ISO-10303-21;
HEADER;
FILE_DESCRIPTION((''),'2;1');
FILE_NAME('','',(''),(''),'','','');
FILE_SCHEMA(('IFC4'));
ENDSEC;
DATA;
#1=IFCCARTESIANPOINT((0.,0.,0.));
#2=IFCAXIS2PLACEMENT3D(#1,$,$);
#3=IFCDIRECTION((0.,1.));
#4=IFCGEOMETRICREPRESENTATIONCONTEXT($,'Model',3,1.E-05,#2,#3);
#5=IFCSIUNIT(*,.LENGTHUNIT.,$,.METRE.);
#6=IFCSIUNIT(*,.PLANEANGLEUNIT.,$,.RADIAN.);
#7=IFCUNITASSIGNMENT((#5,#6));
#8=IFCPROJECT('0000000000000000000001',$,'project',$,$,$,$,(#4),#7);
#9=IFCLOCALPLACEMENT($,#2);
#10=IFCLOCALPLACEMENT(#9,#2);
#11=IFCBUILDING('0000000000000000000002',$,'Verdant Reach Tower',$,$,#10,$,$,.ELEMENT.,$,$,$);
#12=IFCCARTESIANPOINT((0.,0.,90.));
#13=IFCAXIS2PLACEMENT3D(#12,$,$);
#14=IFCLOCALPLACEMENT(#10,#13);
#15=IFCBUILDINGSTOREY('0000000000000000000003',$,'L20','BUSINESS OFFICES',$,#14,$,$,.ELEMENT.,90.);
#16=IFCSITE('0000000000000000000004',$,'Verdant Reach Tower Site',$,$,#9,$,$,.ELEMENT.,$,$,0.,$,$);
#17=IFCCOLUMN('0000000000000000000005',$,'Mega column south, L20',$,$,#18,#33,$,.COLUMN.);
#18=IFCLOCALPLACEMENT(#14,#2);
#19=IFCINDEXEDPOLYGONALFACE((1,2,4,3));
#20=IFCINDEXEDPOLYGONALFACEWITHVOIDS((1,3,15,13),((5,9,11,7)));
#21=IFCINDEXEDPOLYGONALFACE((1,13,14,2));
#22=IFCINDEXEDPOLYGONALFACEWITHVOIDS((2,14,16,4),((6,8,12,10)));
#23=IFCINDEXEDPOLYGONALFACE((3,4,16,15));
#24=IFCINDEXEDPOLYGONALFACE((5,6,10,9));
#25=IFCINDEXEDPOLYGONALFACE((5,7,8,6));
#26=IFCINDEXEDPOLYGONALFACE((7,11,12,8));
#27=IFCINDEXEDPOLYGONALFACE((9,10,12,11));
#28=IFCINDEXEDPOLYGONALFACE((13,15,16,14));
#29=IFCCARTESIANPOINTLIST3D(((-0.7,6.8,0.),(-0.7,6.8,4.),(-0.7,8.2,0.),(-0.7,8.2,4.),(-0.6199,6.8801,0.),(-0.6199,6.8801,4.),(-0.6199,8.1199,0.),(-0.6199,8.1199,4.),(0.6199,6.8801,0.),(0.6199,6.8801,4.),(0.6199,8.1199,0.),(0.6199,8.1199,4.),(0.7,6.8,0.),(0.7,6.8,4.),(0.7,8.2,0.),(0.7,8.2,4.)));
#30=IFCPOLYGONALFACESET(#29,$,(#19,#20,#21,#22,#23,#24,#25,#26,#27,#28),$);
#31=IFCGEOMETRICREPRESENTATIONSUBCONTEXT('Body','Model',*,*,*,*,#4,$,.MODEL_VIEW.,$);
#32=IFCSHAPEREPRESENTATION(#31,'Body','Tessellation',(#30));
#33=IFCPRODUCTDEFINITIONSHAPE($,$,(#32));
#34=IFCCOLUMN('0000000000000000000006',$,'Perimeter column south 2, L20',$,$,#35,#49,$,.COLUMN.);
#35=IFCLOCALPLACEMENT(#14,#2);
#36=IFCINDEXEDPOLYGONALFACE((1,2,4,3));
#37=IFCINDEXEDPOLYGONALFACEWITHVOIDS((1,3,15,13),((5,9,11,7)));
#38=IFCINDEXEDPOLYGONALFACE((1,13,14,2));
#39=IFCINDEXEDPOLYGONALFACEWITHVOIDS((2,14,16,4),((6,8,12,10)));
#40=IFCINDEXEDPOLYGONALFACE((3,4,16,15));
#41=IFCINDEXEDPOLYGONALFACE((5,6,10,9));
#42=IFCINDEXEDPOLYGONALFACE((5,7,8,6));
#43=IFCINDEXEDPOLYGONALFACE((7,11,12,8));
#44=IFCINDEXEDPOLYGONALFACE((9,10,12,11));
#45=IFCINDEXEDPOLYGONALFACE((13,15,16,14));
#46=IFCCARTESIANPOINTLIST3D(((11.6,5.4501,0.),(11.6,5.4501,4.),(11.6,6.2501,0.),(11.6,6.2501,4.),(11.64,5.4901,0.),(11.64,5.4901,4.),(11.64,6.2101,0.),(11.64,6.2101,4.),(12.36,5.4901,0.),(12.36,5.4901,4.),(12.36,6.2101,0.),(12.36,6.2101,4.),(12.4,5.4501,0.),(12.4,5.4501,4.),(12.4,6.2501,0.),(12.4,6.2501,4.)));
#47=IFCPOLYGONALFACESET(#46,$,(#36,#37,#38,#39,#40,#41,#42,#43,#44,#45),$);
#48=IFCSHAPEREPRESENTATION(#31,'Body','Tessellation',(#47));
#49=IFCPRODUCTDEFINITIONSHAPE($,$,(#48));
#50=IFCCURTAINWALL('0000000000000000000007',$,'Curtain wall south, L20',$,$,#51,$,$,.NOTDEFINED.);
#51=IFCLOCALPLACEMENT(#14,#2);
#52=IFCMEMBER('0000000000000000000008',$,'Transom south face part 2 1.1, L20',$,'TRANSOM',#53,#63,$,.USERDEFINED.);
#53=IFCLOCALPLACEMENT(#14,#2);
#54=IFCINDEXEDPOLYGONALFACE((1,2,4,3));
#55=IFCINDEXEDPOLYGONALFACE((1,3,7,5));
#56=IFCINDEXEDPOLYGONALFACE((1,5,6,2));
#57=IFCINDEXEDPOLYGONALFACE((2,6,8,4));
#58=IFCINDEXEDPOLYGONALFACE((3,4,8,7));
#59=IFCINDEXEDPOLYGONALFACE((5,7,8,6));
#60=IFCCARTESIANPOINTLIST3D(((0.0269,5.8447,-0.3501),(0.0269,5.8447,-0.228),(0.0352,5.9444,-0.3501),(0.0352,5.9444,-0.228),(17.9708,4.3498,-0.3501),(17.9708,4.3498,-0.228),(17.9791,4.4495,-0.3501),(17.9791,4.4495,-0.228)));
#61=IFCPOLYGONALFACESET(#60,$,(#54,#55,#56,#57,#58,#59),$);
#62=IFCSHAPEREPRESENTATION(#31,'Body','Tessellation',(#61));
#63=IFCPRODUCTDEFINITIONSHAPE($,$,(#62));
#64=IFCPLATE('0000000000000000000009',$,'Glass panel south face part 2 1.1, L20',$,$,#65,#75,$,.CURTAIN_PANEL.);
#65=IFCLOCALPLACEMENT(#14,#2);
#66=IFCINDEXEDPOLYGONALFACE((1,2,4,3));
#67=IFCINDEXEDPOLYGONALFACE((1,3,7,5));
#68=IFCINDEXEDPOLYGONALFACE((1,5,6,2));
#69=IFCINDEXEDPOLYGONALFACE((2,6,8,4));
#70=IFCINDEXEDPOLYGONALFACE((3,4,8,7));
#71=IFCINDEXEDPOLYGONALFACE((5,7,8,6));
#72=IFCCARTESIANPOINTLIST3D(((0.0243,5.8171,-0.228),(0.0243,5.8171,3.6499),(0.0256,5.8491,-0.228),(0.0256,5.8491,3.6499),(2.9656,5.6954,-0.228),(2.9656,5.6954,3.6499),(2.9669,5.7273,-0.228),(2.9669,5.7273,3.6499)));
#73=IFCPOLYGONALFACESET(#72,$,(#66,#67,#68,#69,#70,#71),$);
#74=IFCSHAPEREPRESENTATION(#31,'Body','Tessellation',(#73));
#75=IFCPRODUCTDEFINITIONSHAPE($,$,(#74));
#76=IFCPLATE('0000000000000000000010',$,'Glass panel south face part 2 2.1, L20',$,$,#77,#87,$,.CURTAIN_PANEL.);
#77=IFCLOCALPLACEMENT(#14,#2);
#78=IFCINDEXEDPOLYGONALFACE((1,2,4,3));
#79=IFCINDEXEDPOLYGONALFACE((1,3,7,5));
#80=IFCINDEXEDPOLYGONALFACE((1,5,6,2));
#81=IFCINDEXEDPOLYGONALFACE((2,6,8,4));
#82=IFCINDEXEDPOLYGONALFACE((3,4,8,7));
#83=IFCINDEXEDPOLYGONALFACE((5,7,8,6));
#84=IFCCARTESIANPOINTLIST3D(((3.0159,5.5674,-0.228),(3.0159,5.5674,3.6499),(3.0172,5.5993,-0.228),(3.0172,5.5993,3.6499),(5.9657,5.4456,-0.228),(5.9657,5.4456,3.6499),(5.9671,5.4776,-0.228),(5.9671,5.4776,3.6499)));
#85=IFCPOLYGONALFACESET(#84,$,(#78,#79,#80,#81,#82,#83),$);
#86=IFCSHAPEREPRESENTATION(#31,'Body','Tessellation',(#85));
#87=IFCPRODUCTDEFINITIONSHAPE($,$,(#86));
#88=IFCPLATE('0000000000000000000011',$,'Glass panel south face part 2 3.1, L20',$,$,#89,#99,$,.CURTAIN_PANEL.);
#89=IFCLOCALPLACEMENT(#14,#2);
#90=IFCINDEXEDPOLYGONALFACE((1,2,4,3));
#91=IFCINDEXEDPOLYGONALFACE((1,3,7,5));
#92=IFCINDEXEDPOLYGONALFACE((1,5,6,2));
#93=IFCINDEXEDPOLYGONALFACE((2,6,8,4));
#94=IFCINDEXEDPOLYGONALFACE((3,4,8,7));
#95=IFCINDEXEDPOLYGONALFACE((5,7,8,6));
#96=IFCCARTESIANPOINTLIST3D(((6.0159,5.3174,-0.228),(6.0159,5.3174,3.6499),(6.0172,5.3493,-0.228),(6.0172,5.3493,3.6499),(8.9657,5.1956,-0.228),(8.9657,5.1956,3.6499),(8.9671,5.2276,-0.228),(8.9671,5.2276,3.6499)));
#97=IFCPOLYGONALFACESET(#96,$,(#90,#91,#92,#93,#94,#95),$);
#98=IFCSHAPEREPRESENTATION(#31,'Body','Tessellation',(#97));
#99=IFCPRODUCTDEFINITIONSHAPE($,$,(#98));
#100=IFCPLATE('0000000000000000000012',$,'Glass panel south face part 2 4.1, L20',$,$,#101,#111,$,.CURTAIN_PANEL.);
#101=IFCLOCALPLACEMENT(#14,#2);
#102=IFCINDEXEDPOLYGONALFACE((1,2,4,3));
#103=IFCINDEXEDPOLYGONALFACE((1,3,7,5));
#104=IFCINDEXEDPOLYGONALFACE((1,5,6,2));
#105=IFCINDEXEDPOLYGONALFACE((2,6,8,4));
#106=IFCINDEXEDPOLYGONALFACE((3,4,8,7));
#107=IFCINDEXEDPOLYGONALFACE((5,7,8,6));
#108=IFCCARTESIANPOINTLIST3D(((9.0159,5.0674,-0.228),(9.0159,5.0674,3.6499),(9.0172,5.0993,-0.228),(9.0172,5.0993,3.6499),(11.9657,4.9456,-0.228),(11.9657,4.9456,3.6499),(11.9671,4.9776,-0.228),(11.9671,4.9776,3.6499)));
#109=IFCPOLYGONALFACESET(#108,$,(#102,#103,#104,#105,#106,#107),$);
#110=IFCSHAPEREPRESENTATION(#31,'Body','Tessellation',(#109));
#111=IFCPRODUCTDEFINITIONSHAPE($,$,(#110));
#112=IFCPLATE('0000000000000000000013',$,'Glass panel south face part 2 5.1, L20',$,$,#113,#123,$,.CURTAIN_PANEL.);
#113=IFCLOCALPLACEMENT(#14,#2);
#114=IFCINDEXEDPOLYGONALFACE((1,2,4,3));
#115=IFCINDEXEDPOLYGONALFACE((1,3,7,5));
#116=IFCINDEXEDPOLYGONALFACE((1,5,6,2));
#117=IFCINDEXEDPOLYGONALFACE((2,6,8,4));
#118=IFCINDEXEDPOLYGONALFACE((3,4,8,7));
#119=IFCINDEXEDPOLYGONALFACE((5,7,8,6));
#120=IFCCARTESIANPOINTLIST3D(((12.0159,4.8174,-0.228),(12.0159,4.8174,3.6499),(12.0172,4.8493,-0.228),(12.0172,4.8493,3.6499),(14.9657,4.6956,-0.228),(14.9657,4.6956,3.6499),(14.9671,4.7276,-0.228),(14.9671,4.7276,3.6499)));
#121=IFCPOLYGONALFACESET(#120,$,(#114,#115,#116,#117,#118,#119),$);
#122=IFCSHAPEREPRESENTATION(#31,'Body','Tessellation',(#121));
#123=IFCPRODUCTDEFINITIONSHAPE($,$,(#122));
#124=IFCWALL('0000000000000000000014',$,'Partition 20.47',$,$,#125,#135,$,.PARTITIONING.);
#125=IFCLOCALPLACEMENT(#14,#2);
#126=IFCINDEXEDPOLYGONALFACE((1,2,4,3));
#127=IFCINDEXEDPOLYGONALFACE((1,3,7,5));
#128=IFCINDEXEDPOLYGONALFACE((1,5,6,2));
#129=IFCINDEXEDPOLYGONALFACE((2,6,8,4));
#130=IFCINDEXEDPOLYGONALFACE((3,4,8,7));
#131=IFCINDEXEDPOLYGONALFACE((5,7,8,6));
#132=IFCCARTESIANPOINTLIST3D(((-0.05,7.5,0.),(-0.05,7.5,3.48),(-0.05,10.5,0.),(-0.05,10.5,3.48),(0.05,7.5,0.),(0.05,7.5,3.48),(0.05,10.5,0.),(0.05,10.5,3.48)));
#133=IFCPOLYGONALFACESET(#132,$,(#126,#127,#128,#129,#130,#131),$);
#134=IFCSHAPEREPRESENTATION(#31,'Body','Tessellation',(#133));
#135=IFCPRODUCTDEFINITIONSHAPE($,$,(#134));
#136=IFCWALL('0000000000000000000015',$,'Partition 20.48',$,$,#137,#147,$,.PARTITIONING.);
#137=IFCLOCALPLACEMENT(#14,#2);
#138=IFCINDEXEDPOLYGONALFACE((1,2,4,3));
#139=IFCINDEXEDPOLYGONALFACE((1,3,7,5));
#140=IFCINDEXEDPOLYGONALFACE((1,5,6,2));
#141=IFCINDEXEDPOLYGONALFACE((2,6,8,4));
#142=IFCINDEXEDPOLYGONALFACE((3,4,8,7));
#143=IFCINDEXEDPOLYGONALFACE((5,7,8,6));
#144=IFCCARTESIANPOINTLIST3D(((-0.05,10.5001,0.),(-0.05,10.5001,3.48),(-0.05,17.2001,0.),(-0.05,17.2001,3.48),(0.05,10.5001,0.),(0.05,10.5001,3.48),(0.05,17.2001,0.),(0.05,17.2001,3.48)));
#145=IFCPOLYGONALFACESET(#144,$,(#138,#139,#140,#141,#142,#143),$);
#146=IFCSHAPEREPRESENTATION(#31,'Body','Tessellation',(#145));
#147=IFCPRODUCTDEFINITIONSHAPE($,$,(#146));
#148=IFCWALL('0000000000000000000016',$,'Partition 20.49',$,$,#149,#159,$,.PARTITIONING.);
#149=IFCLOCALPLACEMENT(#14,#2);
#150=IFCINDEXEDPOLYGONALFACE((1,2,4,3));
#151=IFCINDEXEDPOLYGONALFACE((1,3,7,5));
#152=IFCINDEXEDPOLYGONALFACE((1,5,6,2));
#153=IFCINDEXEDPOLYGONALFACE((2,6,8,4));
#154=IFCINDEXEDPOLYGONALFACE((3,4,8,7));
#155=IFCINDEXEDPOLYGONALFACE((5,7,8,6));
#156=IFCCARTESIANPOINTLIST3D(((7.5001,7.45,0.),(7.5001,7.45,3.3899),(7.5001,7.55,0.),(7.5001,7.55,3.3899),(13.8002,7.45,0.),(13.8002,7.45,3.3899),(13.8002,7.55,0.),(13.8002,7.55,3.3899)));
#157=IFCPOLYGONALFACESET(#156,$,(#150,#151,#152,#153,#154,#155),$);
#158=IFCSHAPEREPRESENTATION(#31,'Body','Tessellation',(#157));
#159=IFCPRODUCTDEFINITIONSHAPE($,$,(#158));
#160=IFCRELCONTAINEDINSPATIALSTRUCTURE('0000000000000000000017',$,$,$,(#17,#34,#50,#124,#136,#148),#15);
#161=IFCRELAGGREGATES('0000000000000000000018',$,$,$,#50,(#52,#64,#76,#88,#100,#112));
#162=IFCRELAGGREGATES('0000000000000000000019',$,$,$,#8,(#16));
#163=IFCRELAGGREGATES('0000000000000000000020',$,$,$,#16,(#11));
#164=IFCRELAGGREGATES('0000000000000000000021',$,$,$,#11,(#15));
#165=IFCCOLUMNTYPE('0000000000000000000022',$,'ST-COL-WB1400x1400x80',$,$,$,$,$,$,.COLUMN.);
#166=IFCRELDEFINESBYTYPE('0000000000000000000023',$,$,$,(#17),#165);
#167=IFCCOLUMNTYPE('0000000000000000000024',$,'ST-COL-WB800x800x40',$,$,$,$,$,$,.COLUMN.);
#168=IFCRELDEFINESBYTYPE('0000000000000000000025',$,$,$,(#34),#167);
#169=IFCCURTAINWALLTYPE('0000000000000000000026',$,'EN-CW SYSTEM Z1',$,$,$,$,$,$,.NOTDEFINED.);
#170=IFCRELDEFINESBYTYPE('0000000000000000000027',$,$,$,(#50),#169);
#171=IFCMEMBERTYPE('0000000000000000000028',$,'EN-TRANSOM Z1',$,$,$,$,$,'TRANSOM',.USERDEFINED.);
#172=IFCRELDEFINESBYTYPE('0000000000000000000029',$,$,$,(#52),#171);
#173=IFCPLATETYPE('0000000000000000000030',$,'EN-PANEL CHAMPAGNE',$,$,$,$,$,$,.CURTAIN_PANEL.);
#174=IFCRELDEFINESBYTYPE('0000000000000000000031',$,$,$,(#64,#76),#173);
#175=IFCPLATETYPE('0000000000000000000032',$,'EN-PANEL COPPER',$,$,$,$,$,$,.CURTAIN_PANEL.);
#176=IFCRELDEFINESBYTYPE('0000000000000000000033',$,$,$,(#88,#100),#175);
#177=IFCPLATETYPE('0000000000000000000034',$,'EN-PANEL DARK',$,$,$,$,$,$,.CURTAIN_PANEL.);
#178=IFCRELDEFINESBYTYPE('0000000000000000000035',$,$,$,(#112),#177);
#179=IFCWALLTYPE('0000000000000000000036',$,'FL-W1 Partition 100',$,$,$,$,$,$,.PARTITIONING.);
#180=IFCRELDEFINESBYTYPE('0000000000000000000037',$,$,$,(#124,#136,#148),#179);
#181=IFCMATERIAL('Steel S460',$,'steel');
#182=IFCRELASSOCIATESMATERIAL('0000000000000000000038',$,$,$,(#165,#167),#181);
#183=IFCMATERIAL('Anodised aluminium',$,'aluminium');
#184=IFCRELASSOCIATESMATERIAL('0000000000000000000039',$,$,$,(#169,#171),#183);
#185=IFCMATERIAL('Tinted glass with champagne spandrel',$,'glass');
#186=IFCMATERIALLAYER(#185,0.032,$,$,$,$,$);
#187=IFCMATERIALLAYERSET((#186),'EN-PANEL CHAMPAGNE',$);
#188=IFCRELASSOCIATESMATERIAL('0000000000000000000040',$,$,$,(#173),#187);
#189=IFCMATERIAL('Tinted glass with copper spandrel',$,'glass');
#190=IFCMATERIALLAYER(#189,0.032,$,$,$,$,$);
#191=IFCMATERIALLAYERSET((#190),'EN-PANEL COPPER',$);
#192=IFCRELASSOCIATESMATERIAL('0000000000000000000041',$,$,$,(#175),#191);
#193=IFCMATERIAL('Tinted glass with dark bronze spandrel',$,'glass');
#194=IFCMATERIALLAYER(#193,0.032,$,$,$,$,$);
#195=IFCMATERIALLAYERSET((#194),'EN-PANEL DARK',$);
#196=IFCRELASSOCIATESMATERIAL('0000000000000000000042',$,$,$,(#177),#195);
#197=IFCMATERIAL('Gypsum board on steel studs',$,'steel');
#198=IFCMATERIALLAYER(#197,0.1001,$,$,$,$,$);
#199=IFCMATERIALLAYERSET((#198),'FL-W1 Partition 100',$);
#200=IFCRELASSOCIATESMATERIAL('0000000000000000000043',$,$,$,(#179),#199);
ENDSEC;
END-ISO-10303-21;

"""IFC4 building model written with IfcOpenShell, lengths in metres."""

from ifc_helpers import new_model, si_unit, direction, frame, frame_2d, origin, origin_2d, place, context, subcontext, project, spatial, rectangle, hollow_rectangle, extrude, material, layer, layer_set, material_profile, profile_set, type_object, element, aggregate, save


model = new_model("IFC4")

# Units and contexts
model_context = context("Model", 3, precision=1e-05, world=origin(), true_north=direction((0.0, 1.0)))
body_context = subcontext(model_context, "Body", "Model", "MODEL_VIEW")
ifc_project = project(units=[si_unit("LENGTHUNIT", "METRE"), si_unit("PLANEANGLEUNIT", "RADIAN")], contexts=[model_context])

# Site, building, storey
site_placement = place(None, origin())
site = spatial("IfcSite", under=ifc_project, at=site_placement, Name="Verdant Reach Tower Site", CompositionType="ELEMENT", RefElevation=0.0)
building_placement = place(site_placement, origin())
building = spatial("IfcBuilding", under=site, at=building_placement, Name="Verdant Reach Tower", CompositionType="ELEMENT")
storey_placement = place(building_placement, frame((0.0, 0.0, 90.0)))
storey = spatial("IfcBuildingStorey", under=building, at=storey_placement, Name="L20", Description="BUSINESS OFFICES", CompositionType="ELEMENT", Elevation=90.0)

# Columns
ifc_material_1 = material(Name="Steel S460", Category="steel")
ifc_material_profile_1 = material_profile(ifc_material_1, hollow_rectangle(XDim=1.3999, YDim=1.3999, WallThickness=0.0801, at=origin_2d()), Name="WB 1400x1400x80")
ifc_profile_set_1 = profile_set([ifc_material_profile_1], Name="Steel S460")
column_type_1 = type_object("IfcColumnType", Name="ST-COL-WB1400x1400x80", PredefinedType="COLUMN", material=ifc_profile_set_1)
column_1_placement = place(storey_placement, frame((0.0, 7.5, 0.0), z_axis=(0.0, 0.0, 1.0), x_axis=(1.0, 0.0, 0.0)))
element("IfcColumn", 1, at=column_1_placement, inside=storey, type_object=column_type_1, Name="Mega column south, L20", PredefinedType="COLUMN", context=body_context, shape_type="SweptSolid", body=[
    extrude(hollow_rectangle(XDim=1.3999, YDim=1.3999, WallThickness=0.0801, at=origin_2d()), origin(), (0.0, 0.0, 1.0), 4.0),
])
ifc_material_profile_2 = material_profile(ifc_material_1, hollow_rectangle(XDim=0.8, YDim=0.8, WallThickness=0.04, at=origin_2d()), Name="WB 800x800x40")
ifc_profile_set_2 = profile_set([ifc_material_profile_2], Name="Steel S460")
column_type_2 = type_object("IfcColumnType", Name="ST-COL-WB800x800x40", PredefinedType="COLUMN", material=ifc_profile_set_2)
column_2_placement = place(storey_placement, frame((12.0, 5.8501, 0.0), z_axis=(0.0, 0.0, 1.0), x_axis=(1.0, 0.0, 0.0)))
element("IfcColumn", 2, at=column_2_placement, inside=storey, type_object=column_type_2, Name="Perimeter column south 2, L20", PredefinedType="COLUMN", context=body_context, shape_type="SweptSolid", body=[
    extrude(hollow_rectangle(XDim=0.8, YDim=0.8, WallThickness=0.04, at=origin_2d()), origin(), (0.0, 0.0, 1.0), 4.0),
])

# Curtain wall, member, plates
ifc_material_2 = material(Name="Anodised aluminium", Category="aluminium")
curtain_wall_type = type_object("IfcCurtainWallType", Name="EN-CW SYSTEM Z1", PredefinedType="NOTDEFINED", material=ifc_material_2)
curtain_wall_placement = place(storey_placement, origin())
curtain_wall = element("IfcCurtainWall", 3, at=curtain_wall_placement, inside=storey, type_object=curtain_wall_type, Name="Curtain wall south, L20", PredefinedType="NOTDEFINED")
ifc_material_profile_3 = material_profile(ifc_material_2, rectangle(XDim=0.1001, YDim=0.1221, at=origin_2d()), Name="Transom 122x100")
ifc_profile_set_3 = profile_set([ifc_material_profile_3], Name="Anodised aluminium")
member_type = type_object("IfcMemberType", Name="EN-TRANSOM Z1", ElementType="TRANSOM", PredefinedType="USERDEFINED", material=ifc_profile_set_3)
member_placement = place(storey_placement, frame((0.031, 5.8945, -0.2891), z_axis=(0.996548, -0.083021, 0.0), x_axis=(0.083021, 0.996548, 0.0)))
member = element("IfcMember", 4, at=member_placement, type_object=member_type, Name="Transom south face part 2 1.1, L20", ObjectType="TRANSOM", PredefinedType="USERDEFINED", context=body_context, shape_type="SweptSolid", body=[
    extrude(rectangle(XDim=0.1001, YDim=0.1221, at=origin_2d()), origin(), (0.0, 0.0, 1.0), 18.0061),
])
ifc_material_3 = material(Name="Tinted glass with champagne spandrel", Category="glass")
ifc_layer_1 = layer(ifc_material_3, 0.032)
ifc_layer_set_1 = layer_set([ifc_layer_1], Name="EN-PANEL CHAMPAGNE")
plate_type_1 = type_object("IfcPlateType", Name="EN-PANEL CHAMPAGNE", PredefinedType="CURTAIN_PANEL", material=ifc_layer_set_1)
plate_1_placement = place(storey_placement, frame((1.4956, 5.7722, -0.228), z_axis=(0.0, 0.0, 1.0), x_axis=(0.999144, -0.04136, 0.0)))
plate_1 = element("IfcPlate", 5, at=plate_1_placement, type_object=plate_type_1, Name="Glass panel south face part 2 1.1, L20", PredefinedType="CURTAIN_PANEL", context=body_context, shape_type="SweptSolid", body=[
    extrude(rectangle(XDim=2.9438, YDim=0.032, at=origin_2d()), origin(), (0.0, 0.0, 1.0), 3.8779),
])
plate_2_placement = place(storey_placement, frame((4.4915, 5.5225, -0.228), z_axis=(0.0, 0.0, 1.0), x_axis=(0.999149, -0.041242, 0.0)))
plate_2 = element("IfcPlate", 6, at=plate_2_placement, type_object=plate_type_1, Name="Glass panel south face part 2 2.1, L20", PredefinedType="CURTAIN_PANEL", context=body_context, shape_type="SweptSolid", body=[
    extrude(rectangle(XDim=2.9524, YDim=0.032, at=origin_2d()), origin(), (0.0, 0.0, 1.0), 3.8779),
])
ifc_material_4 = material(Name="Tinted glass with copper spandrel", Category="glass")
ifc_layer_2 = layer(ifc_material_4, 0.032)
ifc_layer_set_2 = layer_set([ifc_layer_2], Name="EN-PANEL COPPER")
plate_type_2 = type_object("IfcPlateType", Name="EN-PANEL COPPER", PredefinedType="CURTAIN_PANEL", material=ifc_layer_set_2)
plate_3_placement = place(storey_placement, frame((7.4915, 5.2725, -0.228), z_axis=(0.0, 0.0, 1.0), x_axis=(0.999149, -0.041242, 0.0)))
plate_3 = element("IfcPlate", 7, at=plate_3_placement, type_object=plate_type_2, Name="Glass panel south face part 2 3.1, L20", PredefinedType="CURTAIN_PANEL", context=body_context, shape_type="SweptSolid", body=[
    extrude(rectangle(XDim=2.9524, YDim=0.032, at=origin_2d()), origin(), (0.0, 0.0, 1.0), 3.8779),
])
plate_4_placement = place(storey_placement, frame((10.4915, 5.0225, -0.228), z_axis=(0.0, 0.0, 1.0), x_axis=(0.999149, -0.041242, 0.0)))
plate_4 = element("IfcPlate", 8, at=plate_4_placement, type_object=plate_type_2, Name="Glass panel south face part 2 4.1, L20", PredefinedType="CURTAIN_PANEL", context=body_context, shape_type="SweptSolid", body=[
    extrude(rectangle(XDim=2.9524, YDim=0.032, at=origin_2d()), origin(), (0.0, 0.0, 1.0), 3.8779),
])
ifc_material_5 = material(Name="Tinted glass with dark bronze spandrel", Category="glass")
ifc_layer_3 = layer(ifc_material_5, 0.032)
ifc_layer_set_3 = layer_set([ifc_layer_3], Name="EN-PANEL DARK")
plate_type_3 = type_object("IfcPlateType", Name="EN-PANEL DARK", PredefinedType="CURTAIN_PANEL", material=ifc_layer_set_3)
plate_5_placement = place(storey_placement, frame((13.4915, 4.7725, -0.228), z_axis=(0.0, 0.0, 1.0), x_axis=(0.999149, -0.041242, 0.0)))
plate_5 = element("IfcPlate", 9, at=plate_5_placement, type_object=plate_type_3, Name="Glass panel south face part 2 5.1, L20", PredefinedType="CURTAIN_PANEL", context=body_context, shape_type="SweptSolid", body=[
    extrude(rectangle(XDim=2.9524, YDim=0.032, at=origin_2d()), origin(), (0.0, 0.0, 1.0), 3.8779),
])
aggregate(curtain_wall, [member, plate_1, plate_2, plate_3, plate_4, plate_5])

# Walls
ifc_material_6 = material(Name="Gypsum board on steel studs", Category="steel")
ifc_layer_4 = layer(ifc_material_6, 0.1001)
ifc_layer_set_4 = layer_set([ifc_layer_4], Name="FL-W1 Partition 100")
wall_type_1 = type_object("IfcWallType", Name="FL-W1 Partition 100", PredefinedType="PARTITIONING", material=ifc_layer_set_4)
wall_1_placement = place(storey_placement, frame((0.0, 7.5, 0.0), z_axis=(0.0, 0.0, 1.0), x_axis=(0.0, 1.0, 0.0)))
element("IfcWall", 10, at=wall_1_placement, inside=storey, type_object=wall_type_1, Name="Partition 20.47", PredefinedType="PARTITIONING", context=body_context, shape_type="SweptSolid", body=[
    extrude(rectangle(XDim=3.0, YDim=0.1001, at=frame_2d((1.5, 0.0))), origin(), (0.0, 0.0, 1.0), 3.48),
])
wall_2_placement = place(storey_placement, frame((0.0, 10.5, 0.0), z_axis=(0.0, 0.0, 1.0), x_axis=(0.0, 1.0, 0.0)))
element("IfcWall", 11, at=wall_2_placement, inside=storey, type_object=wall_type_1, Name="Partition 20.48", PredefinedType="PARTITIONING", context=body_context, shape_type="SweptSolid", body=[
    extrude(rectangle(XDim=6.7, YDim=0.1001, at=frame_2d((3.3501, 0.0))), origin(), (0.0, 0.0, 1.0), 3.48),
])
wall_3_placement = place(storey_placement, frame((13.8, 7.5, 0.0), z_axis=(0.0, 0.0, 1.0), x_axis=(-1.0, 0.0, 0.0)))
element("IfcWall", 12, at=wall_3_placement, inside=storey, type_object=wall_type_1, Name="Partition 20.49", PredefinedType="PARTITIONING", context=body_context, shape_type="SweptSolid", body=[
    extrude(rectangle(XDim=6.3, YDim=0.1001, at=frame_2d((3.1499, 0.0))), origin(), (0.0, 0.0, 1.0), 3.3899),
])

save(model, "model.ifc")
